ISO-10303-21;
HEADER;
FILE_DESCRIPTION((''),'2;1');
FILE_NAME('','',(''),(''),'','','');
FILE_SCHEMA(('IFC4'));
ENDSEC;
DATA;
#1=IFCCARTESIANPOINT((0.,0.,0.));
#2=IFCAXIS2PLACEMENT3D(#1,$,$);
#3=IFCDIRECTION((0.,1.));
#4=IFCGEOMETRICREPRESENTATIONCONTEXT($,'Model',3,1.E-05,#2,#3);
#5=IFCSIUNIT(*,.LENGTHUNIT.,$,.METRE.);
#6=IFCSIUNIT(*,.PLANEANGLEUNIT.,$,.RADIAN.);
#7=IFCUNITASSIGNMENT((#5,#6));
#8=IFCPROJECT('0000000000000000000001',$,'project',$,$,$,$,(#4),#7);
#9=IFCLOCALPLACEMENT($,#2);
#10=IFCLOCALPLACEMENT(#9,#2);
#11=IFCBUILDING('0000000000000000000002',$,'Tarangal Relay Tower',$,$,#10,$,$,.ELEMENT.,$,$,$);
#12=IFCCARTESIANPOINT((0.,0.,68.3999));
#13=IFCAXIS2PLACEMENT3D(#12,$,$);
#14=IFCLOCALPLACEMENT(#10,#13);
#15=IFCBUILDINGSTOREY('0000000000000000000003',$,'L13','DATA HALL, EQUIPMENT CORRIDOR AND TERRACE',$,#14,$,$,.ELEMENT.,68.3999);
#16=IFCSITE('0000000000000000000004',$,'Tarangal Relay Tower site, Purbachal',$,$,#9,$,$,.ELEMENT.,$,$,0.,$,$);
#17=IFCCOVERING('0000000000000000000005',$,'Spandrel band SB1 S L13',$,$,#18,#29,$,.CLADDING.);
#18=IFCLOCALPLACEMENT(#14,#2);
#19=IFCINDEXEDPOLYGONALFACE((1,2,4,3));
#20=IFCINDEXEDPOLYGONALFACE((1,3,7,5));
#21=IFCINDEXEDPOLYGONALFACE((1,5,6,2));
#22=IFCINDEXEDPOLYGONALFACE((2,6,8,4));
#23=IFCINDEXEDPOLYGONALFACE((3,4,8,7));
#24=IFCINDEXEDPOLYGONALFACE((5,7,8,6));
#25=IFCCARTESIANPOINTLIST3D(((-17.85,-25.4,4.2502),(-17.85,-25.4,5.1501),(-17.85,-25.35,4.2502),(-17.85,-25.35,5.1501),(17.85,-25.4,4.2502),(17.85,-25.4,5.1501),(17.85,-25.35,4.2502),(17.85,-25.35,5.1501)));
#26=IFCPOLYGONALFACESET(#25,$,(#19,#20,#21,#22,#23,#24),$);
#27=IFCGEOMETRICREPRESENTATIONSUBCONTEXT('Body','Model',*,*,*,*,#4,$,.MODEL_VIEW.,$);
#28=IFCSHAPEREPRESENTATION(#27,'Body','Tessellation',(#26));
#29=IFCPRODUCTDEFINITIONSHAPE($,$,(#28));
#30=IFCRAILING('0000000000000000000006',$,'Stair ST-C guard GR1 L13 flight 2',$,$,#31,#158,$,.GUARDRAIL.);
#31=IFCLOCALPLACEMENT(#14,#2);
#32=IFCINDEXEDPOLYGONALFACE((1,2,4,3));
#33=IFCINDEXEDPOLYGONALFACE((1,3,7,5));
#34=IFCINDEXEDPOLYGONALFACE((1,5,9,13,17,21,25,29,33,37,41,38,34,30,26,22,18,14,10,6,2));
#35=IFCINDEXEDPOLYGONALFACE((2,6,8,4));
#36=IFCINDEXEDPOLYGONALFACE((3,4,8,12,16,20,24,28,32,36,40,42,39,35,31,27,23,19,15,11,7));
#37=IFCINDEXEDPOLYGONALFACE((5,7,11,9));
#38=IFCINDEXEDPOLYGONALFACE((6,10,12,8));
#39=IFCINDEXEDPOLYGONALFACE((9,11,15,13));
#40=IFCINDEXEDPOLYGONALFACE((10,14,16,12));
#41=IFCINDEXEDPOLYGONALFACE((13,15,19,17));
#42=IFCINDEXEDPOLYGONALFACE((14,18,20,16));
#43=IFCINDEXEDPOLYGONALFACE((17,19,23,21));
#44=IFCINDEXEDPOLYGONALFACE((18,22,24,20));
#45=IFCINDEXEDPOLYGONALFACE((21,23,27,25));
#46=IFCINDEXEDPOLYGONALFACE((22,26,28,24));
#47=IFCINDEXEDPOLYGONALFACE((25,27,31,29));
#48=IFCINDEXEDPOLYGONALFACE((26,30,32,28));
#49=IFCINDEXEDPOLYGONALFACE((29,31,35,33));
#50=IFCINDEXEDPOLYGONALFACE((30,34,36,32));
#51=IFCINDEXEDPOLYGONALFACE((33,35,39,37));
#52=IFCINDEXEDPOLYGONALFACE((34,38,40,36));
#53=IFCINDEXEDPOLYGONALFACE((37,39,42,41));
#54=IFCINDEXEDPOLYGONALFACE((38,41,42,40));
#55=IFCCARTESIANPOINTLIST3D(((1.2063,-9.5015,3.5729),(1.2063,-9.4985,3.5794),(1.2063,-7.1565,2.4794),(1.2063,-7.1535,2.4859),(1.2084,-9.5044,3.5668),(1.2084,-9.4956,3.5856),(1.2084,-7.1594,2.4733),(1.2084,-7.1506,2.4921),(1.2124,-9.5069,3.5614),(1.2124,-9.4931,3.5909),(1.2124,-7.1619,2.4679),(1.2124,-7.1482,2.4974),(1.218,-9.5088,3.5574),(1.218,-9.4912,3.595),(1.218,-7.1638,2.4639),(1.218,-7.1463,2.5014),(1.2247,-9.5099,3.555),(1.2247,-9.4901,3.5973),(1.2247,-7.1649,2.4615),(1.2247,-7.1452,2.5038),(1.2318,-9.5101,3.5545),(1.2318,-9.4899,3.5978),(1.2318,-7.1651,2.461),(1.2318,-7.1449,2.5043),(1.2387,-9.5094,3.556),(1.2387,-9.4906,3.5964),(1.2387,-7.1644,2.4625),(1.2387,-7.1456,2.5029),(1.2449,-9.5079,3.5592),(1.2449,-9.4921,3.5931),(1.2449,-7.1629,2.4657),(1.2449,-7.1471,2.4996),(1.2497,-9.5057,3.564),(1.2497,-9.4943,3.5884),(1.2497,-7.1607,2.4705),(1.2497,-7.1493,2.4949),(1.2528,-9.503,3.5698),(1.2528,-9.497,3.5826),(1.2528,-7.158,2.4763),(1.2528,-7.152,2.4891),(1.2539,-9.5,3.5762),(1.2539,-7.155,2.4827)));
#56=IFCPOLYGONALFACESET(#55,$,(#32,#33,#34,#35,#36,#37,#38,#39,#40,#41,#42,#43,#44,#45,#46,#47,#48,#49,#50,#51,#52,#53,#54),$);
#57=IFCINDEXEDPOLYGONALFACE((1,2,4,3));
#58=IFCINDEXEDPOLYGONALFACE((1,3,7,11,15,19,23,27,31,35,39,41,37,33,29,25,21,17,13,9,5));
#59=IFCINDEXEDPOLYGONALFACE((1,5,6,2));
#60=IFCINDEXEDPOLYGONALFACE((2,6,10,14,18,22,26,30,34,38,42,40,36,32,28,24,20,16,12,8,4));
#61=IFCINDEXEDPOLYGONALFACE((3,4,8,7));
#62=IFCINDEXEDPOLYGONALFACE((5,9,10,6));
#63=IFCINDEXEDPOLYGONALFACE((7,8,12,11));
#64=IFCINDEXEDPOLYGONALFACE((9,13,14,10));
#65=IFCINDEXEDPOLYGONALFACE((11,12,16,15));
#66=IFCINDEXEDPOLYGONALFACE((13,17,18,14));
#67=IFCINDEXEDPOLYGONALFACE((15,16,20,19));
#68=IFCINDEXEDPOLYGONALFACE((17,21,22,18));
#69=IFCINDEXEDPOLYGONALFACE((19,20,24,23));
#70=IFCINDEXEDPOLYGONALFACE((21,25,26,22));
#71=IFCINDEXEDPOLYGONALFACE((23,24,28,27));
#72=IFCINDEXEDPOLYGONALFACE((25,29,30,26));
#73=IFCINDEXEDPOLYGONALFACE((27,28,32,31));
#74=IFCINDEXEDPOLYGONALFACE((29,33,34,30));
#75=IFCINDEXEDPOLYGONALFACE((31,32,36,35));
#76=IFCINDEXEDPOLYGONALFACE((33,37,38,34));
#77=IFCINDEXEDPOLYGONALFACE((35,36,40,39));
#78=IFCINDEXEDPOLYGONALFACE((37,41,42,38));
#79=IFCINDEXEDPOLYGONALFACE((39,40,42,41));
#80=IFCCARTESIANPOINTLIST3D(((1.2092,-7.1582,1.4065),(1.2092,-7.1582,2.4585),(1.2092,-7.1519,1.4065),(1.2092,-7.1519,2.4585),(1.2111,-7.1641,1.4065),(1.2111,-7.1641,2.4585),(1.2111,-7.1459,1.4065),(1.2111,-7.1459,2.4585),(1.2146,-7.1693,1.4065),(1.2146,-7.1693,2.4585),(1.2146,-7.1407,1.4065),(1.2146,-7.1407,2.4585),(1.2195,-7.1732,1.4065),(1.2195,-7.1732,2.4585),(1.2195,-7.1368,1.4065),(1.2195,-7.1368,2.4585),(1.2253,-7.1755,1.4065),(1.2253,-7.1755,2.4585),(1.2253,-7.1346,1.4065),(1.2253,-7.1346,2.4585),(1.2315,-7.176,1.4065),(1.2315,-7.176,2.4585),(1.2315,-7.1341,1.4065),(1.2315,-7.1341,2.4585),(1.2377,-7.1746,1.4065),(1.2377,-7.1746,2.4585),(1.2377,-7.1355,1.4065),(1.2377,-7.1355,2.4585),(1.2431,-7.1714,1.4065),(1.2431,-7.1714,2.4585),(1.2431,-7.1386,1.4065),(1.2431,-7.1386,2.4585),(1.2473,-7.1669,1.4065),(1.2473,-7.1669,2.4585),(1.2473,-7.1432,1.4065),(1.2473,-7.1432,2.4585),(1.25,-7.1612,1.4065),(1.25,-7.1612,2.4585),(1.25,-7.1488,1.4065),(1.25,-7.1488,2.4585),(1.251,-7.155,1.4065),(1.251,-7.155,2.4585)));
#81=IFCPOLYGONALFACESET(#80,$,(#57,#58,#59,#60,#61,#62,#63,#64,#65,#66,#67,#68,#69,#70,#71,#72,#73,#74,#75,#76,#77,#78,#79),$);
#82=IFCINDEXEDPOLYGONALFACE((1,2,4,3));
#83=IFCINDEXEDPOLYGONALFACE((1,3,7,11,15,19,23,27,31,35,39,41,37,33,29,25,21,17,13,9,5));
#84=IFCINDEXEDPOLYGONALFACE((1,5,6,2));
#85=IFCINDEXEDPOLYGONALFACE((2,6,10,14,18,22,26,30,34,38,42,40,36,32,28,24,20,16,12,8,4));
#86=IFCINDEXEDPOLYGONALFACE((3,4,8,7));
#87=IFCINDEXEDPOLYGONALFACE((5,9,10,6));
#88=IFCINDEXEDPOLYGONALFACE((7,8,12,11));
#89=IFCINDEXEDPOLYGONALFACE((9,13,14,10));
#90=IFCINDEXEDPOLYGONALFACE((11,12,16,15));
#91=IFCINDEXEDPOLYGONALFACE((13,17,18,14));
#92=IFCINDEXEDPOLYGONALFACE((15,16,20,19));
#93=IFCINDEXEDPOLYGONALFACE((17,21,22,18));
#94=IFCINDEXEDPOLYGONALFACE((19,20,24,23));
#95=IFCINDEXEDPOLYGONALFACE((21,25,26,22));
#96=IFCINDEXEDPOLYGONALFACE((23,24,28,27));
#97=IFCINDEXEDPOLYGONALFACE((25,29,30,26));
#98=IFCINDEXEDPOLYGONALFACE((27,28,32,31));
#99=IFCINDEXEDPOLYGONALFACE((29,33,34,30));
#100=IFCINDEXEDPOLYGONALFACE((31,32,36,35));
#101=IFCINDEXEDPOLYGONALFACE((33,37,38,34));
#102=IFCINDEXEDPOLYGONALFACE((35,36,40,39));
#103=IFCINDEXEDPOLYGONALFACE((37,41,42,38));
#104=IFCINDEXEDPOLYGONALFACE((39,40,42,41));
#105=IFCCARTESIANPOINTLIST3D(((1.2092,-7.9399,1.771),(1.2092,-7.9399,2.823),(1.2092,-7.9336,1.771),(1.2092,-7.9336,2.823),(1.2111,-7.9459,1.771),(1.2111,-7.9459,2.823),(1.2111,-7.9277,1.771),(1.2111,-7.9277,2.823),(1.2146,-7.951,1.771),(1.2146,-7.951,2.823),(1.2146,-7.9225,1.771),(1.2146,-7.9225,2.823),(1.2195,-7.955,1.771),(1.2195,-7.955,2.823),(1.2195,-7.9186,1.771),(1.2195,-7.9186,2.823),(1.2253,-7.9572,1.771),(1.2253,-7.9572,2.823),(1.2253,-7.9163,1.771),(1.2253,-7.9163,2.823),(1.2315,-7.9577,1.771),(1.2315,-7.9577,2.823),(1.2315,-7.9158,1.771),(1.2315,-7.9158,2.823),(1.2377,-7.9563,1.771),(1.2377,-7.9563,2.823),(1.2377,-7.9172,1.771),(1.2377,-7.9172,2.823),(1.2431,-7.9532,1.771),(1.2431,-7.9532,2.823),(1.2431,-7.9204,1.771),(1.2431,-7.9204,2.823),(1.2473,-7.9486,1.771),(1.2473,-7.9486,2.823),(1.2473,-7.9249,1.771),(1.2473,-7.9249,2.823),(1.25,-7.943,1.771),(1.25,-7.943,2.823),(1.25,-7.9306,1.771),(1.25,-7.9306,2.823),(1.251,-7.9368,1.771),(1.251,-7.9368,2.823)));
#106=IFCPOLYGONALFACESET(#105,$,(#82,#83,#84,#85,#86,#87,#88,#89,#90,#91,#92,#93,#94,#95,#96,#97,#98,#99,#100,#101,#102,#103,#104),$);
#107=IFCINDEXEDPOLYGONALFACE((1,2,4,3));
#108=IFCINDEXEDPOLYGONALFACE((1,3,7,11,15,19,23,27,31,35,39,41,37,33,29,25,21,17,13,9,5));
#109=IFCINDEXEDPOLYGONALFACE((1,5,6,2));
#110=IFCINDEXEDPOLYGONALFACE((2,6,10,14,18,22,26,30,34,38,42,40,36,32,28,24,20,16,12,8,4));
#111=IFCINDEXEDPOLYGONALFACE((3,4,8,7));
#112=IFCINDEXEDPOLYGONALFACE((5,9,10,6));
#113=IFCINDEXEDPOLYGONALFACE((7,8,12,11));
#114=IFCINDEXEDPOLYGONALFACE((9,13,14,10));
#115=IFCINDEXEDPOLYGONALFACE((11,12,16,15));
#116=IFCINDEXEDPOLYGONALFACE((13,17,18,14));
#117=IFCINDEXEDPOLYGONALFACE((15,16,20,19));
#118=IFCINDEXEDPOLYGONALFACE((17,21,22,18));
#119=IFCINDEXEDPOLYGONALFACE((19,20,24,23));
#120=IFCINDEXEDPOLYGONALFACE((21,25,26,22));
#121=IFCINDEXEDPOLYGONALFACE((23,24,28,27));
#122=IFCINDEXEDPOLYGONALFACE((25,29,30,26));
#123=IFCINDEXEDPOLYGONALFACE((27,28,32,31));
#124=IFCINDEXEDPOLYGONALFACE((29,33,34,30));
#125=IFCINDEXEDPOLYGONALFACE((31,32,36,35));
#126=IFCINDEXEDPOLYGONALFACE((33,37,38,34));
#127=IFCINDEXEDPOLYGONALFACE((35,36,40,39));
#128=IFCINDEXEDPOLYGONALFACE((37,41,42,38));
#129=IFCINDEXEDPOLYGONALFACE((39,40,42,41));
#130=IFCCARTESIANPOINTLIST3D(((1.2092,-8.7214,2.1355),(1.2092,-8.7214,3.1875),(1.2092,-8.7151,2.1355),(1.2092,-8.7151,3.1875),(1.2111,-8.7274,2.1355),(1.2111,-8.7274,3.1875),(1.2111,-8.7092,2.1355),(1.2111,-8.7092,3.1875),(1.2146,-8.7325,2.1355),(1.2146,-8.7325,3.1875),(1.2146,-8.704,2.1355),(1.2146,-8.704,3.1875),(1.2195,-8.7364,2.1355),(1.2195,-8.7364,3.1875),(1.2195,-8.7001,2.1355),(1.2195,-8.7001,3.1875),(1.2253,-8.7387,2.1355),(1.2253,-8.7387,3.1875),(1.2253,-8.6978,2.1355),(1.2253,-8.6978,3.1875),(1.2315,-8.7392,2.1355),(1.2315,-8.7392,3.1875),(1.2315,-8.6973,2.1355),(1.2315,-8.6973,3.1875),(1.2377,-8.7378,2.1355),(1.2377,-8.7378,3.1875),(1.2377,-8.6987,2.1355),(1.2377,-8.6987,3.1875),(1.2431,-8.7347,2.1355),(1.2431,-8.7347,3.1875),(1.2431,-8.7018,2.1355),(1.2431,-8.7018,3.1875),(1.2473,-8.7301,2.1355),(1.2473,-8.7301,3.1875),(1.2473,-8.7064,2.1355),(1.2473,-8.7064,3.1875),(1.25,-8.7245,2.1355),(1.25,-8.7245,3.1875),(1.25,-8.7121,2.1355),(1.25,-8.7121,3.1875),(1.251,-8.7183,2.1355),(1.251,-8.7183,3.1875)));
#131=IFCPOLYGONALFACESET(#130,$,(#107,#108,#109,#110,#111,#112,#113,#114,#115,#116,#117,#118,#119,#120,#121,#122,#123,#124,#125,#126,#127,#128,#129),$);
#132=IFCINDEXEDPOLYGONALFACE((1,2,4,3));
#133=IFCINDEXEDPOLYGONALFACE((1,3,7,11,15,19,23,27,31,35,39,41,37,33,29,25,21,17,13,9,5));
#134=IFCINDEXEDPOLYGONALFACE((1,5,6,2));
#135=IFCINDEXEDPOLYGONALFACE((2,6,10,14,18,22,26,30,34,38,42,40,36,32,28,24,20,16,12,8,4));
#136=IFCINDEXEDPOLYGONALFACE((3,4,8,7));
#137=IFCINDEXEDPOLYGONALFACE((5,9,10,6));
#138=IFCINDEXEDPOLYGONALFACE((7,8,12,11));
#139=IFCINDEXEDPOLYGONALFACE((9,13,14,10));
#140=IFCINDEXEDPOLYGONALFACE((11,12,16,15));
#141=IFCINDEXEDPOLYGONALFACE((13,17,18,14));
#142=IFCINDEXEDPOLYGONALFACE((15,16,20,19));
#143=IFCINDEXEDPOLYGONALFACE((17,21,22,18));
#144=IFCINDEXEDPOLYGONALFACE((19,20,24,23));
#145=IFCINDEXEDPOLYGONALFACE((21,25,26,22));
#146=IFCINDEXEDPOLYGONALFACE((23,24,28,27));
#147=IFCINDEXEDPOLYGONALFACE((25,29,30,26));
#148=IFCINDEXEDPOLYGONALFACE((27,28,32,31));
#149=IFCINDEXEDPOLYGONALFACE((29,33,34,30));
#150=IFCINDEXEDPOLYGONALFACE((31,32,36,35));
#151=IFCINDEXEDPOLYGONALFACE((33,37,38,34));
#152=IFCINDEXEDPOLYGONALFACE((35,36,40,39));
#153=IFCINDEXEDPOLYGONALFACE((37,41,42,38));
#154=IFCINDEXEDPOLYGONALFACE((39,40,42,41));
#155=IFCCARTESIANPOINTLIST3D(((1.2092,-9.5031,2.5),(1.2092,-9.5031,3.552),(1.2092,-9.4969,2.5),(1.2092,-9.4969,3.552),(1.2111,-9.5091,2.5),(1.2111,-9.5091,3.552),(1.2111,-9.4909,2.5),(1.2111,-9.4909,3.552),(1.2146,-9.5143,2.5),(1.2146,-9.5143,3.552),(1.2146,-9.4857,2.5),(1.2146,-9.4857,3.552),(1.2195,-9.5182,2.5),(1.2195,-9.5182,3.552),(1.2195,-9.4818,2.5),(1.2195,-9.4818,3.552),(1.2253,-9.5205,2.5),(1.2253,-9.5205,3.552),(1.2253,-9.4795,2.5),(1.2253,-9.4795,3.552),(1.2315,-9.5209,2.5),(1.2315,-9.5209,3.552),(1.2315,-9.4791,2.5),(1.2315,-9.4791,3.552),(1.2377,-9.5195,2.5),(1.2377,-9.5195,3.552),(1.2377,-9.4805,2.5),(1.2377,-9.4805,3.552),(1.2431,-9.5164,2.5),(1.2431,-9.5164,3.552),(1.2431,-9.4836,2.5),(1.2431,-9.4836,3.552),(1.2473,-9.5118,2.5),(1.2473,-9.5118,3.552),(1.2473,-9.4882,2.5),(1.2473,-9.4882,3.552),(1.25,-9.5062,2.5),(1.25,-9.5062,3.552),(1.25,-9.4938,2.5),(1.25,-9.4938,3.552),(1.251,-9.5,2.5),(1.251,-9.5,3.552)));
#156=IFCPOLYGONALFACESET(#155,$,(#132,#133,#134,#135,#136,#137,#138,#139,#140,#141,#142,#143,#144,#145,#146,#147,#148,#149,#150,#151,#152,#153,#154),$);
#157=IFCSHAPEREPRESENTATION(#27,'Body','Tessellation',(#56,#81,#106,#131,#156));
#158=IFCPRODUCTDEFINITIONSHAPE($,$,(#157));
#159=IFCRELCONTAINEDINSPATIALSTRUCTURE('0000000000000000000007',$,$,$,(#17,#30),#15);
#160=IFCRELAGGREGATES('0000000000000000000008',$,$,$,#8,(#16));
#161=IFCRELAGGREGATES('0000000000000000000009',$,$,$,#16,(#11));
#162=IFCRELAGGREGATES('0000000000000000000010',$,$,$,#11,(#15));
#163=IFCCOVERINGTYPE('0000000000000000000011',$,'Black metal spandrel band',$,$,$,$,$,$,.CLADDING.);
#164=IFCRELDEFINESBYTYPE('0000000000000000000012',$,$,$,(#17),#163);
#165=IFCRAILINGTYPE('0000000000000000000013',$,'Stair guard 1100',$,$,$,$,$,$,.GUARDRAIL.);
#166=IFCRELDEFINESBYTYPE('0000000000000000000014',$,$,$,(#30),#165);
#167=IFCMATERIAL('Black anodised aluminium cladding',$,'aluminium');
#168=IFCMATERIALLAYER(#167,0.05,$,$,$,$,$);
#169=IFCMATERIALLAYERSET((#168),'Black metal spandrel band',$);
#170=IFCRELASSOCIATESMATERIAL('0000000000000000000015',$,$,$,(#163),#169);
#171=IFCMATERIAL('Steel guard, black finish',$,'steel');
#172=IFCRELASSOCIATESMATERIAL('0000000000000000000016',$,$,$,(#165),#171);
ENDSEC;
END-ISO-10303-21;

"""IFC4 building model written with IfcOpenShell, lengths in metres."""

from ifc_helpers import new_model, si_unit, direction, frame, origin, origin_2d, place, context, subcontext, project, spatial, rectangle, circle, extrude, material, layer, layer_set, type_object, element, save


model = new_model("IFC4")

# Units and contexts
model_context = context("Model", 3, precision=1e-05, world=origin(), true_north=direction((0.0, 1.0)))
body_context = subcontext(model_context, "Body", "Model", "MODEL_VIEW")
ifc_project = project(units=[si_unit("LENGTHUNIT", "METRE"), si_unit("PLANEANGLEUNIT", "RADIAN")], contexts=[model_context])

# Site, building, storey
site_placement = place(None, origin())
site = spatial("IfcSite", under=ifc_project, at=site_placement, Name="Tarangal Relay Tower site, Purbachal", CompositionType="ELEMENT", RefElevation=0.0)
building_placement = place(site_placement, origin())
building = spatial("IfcBuilding", under=site, at=building_placement, Name="Tarangal Relay Tower", CompositionType="ELEMENT")
storey_placement = place(building_placement, frame((0.0, 0.0, 68.3999)))
storey = spatial("IfcBuildingStorey", under=building, at=storey_placement, Name="L13", Description="DATA HALL, EQUIPMENT CORRIDOR AND TERRACE", CompositionType="ELEMENT", Elevation=68.3999)

# Covering
ifc_material_1 = material(Name="Black anodised aluminium cladding", Category="aluminium")
ifc_layer_1 = layer(ifc_material_1, 0.05)
ifc_layer_set_1 = layer_set([ifc_layer_1], Name="Black metal spandrel band")
covering_type_1 = type_object("IfcCoveringType", Name="Black metal spandrel band", PredefinedType="CLADDING", material=ifc_layer_set_1)
covering_1_placement = place(storey_placement, frame((0.0, -25.375, 4.2502), z_axis=(0.0, 0.0, 1.0), x_axis=(-1.0, 0.0, 0.0)))
element("IfcCovering", 1, at=covering_1_placement, inside=storey, type_object=covering_type_1, Name="Spandrel band SB1 S L13", PredefinedType="CLADDING", context=body_context, shape_type="SweptSolid", body=[
    extrude(rectangle(XDim=35.7, YDim=0.05, at=origin_2d()), origin(), (0.0, 0.0, 1.0), 0.8999),
])

# Railing
ifc_material_2 = material(Name="Steel guard, black finish", Category="steel")
railing_type_1 = type_object("IfcRailingType", Name="Stair guard 1100", PredefinedType="GUARDRAIL", material=ifc_material_2)
for number, where, name in (
    (2, (1.23, -7.155, 1.4065), "Stair ST-C guard GR1 L13 flight 2"),
):
    element("IfcRailing", number, at=place(storey_placement, frame(where)), inside=storey, type_object=railing_type_1, Name=name, PredefinedType="GUARDRAIL", context=body_context, shape_type="SweptSolid", body=[
        extrude(circle(Radius=0.0239, at=origin_2d()), frame((0.0, 0.0, 1.0762), z_axis=(0.0, -0.906304, 0.422627), x_axis=(1.0, 0.0, 0.0)), (0.0, 0.0, 1.0), 2.5874),
        extrude(circle(Radius=0.021, at=origin_2d()), origin(), (0.0, 0.0, 1.0), 1.052),
        extrude(circle(Radius=0.021, at=origin_2d()), frame((0.0, -0.7817, 0.3645)), (0.0, 0.0, 1.0), 1.052),
        extrude(circle(Radius=0.021, at=origin_2d()), frame((0.0, -1.5632, 0.729)), (0.0, 0.0, 1.0), 1.052),
        extrude(circle(Radius=0.021, at=origin_2d()), frame((0.0, -2.345, 1.0935)), (0.0, 0.0, 1.0), 1.052),
    ])

save(model, "model.ifc")
